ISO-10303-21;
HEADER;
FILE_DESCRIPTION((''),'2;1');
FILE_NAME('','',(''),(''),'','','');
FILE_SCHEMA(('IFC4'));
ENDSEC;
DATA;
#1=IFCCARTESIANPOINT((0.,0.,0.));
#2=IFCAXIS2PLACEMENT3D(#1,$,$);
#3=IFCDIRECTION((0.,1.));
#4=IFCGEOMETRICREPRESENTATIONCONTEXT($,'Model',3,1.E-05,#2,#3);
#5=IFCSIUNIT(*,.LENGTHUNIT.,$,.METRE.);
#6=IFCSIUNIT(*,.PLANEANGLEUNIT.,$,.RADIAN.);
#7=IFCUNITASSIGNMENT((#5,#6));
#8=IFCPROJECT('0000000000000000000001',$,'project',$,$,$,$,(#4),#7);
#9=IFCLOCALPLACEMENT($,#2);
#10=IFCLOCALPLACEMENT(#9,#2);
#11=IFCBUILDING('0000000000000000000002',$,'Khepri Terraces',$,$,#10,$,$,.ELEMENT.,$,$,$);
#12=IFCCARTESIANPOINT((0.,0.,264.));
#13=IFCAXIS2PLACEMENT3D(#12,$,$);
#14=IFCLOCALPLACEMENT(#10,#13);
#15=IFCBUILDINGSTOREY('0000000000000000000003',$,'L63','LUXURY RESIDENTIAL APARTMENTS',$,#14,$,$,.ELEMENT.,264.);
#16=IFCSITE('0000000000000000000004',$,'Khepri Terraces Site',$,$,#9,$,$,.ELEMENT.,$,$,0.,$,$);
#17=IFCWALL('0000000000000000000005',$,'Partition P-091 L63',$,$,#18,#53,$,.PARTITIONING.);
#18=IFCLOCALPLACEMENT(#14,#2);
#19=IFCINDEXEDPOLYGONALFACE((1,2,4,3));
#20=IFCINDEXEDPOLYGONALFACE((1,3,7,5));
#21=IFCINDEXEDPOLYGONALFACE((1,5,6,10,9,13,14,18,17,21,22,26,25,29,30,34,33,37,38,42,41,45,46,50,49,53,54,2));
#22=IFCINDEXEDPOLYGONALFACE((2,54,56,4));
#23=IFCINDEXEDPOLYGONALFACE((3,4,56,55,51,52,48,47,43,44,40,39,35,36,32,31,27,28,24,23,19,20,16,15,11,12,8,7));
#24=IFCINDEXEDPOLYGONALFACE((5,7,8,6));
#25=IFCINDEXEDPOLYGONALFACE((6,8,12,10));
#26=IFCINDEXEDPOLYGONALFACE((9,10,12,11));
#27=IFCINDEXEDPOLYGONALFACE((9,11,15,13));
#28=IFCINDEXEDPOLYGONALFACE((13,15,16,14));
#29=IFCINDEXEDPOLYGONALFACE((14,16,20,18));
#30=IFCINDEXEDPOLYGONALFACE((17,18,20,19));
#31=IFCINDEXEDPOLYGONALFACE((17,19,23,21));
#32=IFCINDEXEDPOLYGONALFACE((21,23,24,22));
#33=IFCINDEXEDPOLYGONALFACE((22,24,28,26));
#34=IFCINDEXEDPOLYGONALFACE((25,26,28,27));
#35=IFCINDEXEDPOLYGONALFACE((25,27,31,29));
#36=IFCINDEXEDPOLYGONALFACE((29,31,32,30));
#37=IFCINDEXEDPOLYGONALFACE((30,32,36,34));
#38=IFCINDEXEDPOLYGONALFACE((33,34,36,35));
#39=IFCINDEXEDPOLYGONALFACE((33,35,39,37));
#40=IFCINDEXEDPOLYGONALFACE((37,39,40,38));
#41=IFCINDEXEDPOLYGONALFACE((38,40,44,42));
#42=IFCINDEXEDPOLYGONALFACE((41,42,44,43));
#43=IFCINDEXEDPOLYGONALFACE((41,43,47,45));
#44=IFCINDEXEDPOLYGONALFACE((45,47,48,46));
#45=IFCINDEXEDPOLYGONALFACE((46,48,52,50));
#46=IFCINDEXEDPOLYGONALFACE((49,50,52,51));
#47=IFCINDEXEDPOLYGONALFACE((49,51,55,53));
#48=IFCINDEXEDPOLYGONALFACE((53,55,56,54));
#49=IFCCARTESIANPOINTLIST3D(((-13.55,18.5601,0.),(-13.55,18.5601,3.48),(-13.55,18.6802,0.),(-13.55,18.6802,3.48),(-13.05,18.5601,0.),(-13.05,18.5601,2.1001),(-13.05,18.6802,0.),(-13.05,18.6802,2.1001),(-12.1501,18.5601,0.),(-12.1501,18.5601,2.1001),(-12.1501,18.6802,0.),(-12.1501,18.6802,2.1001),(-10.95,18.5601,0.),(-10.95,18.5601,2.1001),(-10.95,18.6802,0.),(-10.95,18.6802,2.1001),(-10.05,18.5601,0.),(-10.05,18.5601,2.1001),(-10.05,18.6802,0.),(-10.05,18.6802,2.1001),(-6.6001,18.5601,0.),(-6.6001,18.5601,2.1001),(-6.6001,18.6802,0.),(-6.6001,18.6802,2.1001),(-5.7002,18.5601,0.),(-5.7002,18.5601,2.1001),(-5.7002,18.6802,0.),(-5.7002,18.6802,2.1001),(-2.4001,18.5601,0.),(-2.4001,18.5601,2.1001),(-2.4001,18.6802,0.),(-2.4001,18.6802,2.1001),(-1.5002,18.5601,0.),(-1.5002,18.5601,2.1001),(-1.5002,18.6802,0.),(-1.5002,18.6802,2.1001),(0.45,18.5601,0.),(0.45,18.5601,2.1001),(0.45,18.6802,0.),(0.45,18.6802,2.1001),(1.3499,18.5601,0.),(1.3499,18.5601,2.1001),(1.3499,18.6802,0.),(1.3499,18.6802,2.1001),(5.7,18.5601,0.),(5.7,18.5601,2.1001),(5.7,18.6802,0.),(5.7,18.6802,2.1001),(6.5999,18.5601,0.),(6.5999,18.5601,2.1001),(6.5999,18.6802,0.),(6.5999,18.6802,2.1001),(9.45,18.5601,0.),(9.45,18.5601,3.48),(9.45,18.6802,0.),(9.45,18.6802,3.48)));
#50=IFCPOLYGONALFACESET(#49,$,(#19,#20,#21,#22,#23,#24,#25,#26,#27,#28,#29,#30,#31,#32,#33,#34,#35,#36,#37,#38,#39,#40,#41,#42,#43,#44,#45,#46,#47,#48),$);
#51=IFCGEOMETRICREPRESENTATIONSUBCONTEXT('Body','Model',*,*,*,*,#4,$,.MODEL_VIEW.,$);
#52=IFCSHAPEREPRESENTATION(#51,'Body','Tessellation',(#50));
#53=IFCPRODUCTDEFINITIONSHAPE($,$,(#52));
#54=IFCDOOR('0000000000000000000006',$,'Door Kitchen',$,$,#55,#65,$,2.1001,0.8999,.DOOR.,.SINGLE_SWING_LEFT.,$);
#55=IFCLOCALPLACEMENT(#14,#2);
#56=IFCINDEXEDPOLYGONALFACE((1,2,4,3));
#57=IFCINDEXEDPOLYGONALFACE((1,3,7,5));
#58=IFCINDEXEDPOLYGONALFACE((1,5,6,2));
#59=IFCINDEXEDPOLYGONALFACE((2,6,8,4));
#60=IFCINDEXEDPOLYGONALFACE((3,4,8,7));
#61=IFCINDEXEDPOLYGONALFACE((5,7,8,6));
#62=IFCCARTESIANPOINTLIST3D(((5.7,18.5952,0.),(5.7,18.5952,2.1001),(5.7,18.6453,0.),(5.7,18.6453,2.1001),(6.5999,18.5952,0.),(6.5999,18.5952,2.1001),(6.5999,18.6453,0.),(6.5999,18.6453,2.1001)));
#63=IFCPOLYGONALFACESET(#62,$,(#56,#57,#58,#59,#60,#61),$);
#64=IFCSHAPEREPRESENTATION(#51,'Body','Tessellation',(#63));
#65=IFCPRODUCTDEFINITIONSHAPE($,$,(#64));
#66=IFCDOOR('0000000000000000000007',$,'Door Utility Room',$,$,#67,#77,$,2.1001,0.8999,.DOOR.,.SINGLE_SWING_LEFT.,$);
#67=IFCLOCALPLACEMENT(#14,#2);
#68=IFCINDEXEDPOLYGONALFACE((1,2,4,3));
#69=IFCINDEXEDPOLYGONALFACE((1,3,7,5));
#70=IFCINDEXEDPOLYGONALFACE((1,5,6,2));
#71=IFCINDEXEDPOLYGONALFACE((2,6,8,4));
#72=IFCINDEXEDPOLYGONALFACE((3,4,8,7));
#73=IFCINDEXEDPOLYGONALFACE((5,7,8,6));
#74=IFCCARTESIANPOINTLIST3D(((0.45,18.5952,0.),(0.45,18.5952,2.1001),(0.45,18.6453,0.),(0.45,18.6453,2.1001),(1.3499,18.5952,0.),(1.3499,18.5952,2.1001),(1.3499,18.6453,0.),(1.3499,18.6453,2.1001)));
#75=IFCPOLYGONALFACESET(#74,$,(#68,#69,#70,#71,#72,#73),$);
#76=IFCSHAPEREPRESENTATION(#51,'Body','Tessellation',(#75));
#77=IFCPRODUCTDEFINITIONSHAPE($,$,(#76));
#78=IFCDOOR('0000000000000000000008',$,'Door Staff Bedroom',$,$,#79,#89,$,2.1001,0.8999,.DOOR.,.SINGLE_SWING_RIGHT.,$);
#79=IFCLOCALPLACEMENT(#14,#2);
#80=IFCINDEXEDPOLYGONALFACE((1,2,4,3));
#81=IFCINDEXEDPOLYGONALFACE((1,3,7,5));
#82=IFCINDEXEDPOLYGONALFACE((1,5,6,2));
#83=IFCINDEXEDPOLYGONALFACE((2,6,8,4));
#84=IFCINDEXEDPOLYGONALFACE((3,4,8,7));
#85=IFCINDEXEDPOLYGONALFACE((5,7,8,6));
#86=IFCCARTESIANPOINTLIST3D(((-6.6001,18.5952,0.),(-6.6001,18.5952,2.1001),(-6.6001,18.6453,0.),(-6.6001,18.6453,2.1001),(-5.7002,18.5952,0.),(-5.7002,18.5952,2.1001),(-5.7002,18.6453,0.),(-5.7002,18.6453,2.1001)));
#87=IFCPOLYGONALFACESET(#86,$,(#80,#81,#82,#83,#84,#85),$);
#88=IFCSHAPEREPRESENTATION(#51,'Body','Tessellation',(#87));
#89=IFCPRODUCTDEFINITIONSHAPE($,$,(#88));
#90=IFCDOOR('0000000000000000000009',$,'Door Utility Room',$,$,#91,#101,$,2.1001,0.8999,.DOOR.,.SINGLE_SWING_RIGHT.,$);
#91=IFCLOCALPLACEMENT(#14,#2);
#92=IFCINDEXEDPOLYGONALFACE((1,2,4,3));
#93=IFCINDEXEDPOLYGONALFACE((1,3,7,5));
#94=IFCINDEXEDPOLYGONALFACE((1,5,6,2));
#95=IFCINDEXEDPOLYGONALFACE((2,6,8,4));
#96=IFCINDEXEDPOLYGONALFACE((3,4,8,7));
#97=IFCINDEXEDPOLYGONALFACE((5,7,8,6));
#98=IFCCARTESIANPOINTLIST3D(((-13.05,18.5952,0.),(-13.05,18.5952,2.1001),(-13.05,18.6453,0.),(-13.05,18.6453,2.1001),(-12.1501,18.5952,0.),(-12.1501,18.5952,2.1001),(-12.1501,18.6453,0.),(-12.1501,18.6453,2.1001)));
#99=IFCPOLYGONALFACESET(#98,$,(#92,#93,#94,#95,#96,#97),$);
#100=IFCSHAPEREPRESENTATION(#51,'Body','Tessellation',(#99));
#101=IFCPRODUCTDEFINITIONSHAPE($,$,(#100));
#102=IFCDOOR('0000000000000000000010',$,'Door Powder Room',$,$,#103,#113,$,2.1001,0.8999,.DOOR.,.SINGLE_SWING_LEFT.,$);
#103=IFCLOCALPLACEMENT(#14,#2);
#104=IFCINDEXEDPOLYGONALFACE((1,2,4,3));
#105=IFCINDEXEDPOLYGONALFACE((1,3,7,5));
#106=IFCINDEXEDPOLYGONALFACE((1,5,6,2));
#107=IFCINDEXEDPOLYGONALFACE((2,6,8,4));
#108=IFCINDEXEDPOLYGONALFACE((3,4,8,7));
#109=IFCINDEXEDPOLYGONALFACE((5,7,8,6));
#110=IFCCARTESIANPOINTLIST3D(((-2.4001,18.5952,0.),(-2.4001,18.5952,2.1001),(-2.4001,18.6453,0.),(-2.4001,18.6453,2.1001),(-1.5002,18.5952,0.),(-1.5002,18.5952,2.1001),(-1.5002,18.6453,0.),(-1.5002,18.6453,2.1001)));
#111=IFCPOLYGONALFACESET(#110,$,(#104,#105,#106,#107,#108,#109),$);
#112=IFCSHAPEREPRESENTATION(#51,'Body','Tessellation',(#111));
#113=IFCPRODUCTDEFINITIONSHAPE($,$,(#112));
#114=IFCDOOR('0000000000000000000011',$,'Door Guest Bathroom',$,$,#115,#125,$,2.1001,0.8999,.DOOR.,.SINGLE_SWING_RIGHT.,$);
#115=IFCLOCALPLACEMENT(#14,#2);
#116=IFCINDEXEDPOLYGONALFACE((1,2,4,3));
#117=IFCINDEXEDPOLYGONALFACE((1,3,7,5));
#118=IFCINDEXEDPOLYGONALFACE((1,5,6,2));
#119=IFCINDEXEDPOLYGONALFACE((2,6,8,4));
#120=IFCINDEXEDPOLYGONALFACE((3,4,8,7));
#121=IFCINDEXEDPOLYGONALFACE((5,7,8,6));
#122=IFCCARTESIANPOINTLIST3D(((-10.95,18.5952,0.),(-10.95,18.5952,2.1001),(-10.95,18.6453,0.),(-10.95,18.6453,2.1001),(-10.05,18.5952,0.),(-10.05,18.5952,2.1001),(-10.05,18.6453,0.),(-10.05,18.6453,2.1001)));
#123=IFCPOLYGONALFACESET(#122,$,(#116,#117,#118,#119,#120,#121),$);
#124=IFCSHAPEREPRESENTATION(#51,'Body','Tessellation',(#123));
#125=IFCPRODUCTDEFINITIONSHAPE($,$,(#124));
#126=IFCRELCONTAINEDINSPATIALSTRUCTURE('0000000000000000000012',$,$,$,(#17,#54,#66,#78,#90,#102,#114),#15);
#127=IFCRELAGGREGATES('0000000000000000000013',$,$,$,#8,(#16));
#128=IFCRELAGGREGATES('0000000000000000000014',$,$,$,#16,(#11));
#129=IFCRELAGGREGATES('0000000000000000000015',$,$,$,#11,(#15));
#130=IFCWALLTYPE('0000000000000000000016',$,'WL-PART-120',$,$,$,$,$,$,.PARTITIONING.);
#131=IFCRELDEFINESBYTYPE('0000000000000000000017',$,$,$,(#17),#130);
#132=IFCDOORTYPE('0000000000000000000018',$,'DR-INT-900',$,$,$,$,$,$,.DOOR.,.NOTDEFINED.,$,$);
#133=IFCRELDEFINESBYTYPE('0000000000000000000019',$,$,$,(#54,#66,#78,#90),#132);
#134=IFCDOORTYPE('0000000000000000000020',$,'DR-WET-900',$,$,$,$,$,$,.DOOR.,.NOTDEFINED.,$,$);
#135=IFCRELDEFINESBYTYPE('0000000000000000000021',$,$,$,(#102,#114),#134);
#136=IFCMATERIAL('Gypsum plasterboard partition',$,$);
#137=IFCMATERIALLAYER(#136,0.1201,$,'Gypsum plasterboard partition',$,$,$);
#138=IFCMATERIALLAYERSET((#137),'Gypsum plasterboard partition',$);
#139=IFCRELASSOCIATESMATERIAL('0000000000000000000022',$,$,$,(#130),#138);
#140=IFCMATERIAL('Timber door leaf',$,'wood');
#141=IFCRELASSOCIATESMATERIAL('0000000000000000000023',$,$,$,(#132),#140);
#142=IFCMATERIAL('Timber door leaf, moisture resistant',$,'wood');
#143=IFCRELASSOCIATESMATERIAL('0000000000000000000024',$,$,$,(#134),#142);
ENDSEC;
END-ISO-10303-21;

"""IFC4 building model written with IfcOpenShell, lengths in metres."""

from ifc_helpers import new_model, si_unit, direction, frame, frame_2d, origin, place, context, subcontext, project, spatial, rectangle, extrude, material, layer, layer_set, type_object, element, fill, save


model = new_model("IFC4")

# Units and contexts
model_context = context("Model", 3, precision=1e-05, world=origin(), true_north=direction((0.0, 1.0)))
body_context = subcontext(model_context, "Body", "Model", "MODEL_VIEW")
ifc_project = project(units=[si_unit("LENGTHUNIT", "METRE"), si_unit("PLANEANGLEUNIT", "RADIAN")], contexts=[model_context])

# Site, building, storey
site_placement = place(None, origin())
site = spatial("IfcSite", under=ifc_project, at=site_placement, Name="Khepri Terraces Site", CompositionType="ELEMENT", RefElevation=0.0)
building_placement = place(site_placement, origin())
building = spatial("IfcBuilding", under=site, at=building_placement, Name="Khepri Terraces", CompositionType="ELEMENT")
storey_placement = place(building_placement, frame((0.0, 0.0, 264.0)))
storey = spatial("IfcBuildingStorey", under=building, at=storey_placement, Name="L63", Description="LUXURY RESIDENTIAL APARTMENTS", CompositionType="ELEMENT", Elevation=264.0)

# Shared definitions
ifc_material_1 = material(Name="Gypsum plasterboard partition")
ifc_layer_1 = layer(ifc_material_1, 0.1201, Name="Gypsum plasterboard partition")
ifc_layer_set_1 = layer_set([ifc_layer_1], Name="Gypsum plasterboard partition")
wall_type_1 = type_object("IfcWallType", Name="WL-PART-120", PredefinedType="PARTITIONING", material=ifc_layer_set_1)

# Wall, openings, doors
wall_1_placement = place(storey_placement, frame((-13.55, 18.6201, 0.0), z_axis=(0.0, 0.0, 1.0), x_axis=(1.0, 0.0, 0.0)))
wall_1 = element("IfcWall", 1, at=wall_1_placement, inside=storey, type_object=wall_type_1, Name="Partition P-091 L63", PredefinedType="PARTITIONING", context=body_context, shape_type="SweptSolid", body=[
    extrude(rectangle(XDim=23.0, YDim=0.1201, at=frame_2d((11.5, 0.0))), origin(), (0.0, 0.0, 1.0), 3.48),
])
opening_1_placement = place(wall_1_placement, frame((19.25, 0.0, 0.0)))
opening_1 = element("IfcOpeningElement", 2, at=opening_1_placement, cuts=wall_1, PredefinedType="OPENING", context=body_context, shape_type="SweptSolid", body=[
    extrude(rectangle(XDim=0.8999, YDim=2.1001, at=frame_2d((0.45, 1.05))), frame((0.0, 0.0701, 0.0), z_axis=(0.0, -1.0, 0.0), x_axis=(1.0, 0.0, 0.0)), (0.0, 0.0, 1.0), 0.1401),
])
opening_2_placement = place(wall_1_placement, frame((14.0, 0.0, 0.0)))
opening_2 = element("IfcOpeningElement", 3, at=opening_2_placement, cuts=wall_1, PredefinedType="OPENING", context=body_context, shape_type="SweptSolid", body=[
    extrude(rectangle(XDim=0.8999, YDim=2.1001, at=frame_2d((0.45, 1.05))), frame((0.0, 0.0701, 0.0), z_axis=(0.0, -1.0, 0.0), x_axis=(1.0, 0.0, 0.0)), (0.0, 0.0, 1.0), 0.1401),
])
opening_3_placement = place(wall_1_placement, frame((11.1499, 0.0, 0.0)))
opening_3 = element("IfcOpeningElement", 4, at=opening_3_placement, cuts=wall_1, PredefinedType="OPENING", context=body_context, shape_type="SweptSolid", body=[
    extrude(rectangle(XDim=0.8999, YDim=2.1001, at=frame_2d((0.45, 1.05))), frame((0.0, 0.0701, 0.0), z_axis=(0.0, -1.0, 0.0), x_axis=(1.0, 0.0, 0.0)), (0.0, 0.0, 1.0), 0.1401),
])
opening_4_placement = place(wall_1_placement, frame((6.95, 0.0, 0.0)))
opening_4 = element("IfcOpeningElement", 5, at=opening_4_placement, cuts=wall_1, PredefinedType="OPENING", context=body_context, shape_type="SweptSolid", body=[
    extrude(rectangle(XDim=0.8999, YDim=2.1001, at=frame_2d((0.45, 1.05))), frame((0.0, 0.0701, 0.0), z_axis=(0.0, -1.0, 0.0), x_axis=(1.0, 0.0, 0.0)), (0.0, 0.0, 1.0), 0.1401),
])
opening_5_placement = place(wall_1_placement, frame((2.6001, 0.0, 0.0)))
opening_5 = element("IfcOpeningElement", 6, at=opening_5_placement, cuts=wall_1, PredefinedType="OPENING", context=body_context, shape_type="SweptSolid", body=[
    extrude(rectangle(XDim=0.8999, YDim=2.1001, at=frame_2d((0.45, 1.05))), frame((0.0, 0.0701, 0.0), z_axis=(0.0, -1.0, 0.0), x_axis=(1.0, 0.0, 0.0)), (0.0, 0.0, 1.0), 0.1401),
])
opening_6_placement = place(wall_1_placement, frame((0.5, 0.0, 0.0)))
opening_6 = element("IfcOpeningElement", 7, at=opening_6_placement, cuts=wall_1, PredefinedType="OPENING", context=body_context, shape_type="SweptSolid", body=[
    extrude(rectangle(XDim=0.8999, YDim=2.1001, at=frame_2d((0.45, 1.05))), frame((0.0, 0.0701, 0.0), z_axis=(0.0, -1.0, 0.0), x_axis=(1.0, 0.0, 0.0)), (0.0, 0.0, 1.0), 0.1401),
])
ifc_material_2 = material(Name="Timber door leaf", Category="wood")
door_type_1 = type_object("IfcDoorType", Name="DR-INT-900", OperationType="NOTDEFINED", PredefinedType="DOOR", material=ifc_material_2)
door_1_placement = place(opening_1_placement, frame((0.8999, 0.0, 0.0), z_axis=(0.0, 0.0, 1.0), x_axis=(-1.0, 0.0, 0.0)))
door_1 = element("IfcDoor", 8, at=door_1_placement, inside=storey, type_object=door_type_1, Name="Door Kitchen", OperationType="SINGLE_SWING_LEFT", OverallHeight=2.1001, OverallWidth=0.8999, PredefinedType="DOOR", context=body_context, shape_type="SweptSolid", body=[
    extrude(rectangle(XDim=0.8999, YDim=2.1001, at=frame_2d((0.45, 1.05))), frame((0.0, 0.0249, 0.0), z_axis=(0.0, -1.0, 0.0), x_axis=(1.0, 0.0, 0.0)), (0.0, 0.0, 1.0), 0.05),
])
fill(opening_1, door_1)
door_2_placement = place(opening_2_placement, frame((0.8999, 0.0, 0.0), z_axis=(0.0, 0.0, 1.0), x_axis=(-1.0, 0.0, 0.0)))
door_2 = element("IfcDoor", 9, at=door_2_placement, inside=storey, type_object=door_type_1, Name="Door Utility Room", OperationType="SINGLE_SWING_LEFT", OverallHeight=2.1001, OverallWidth=0.8999, PredefinedType="DOOR", context=body_context, shape_type="SweptSolid", body=[
    extrude(rectangle(XDim=0.8999, YDim=2.1001, at=frame_2d((0.45, 1.05))), frame((0.0, 0.0249, 0.0), z_axis=(0.0, -1.0, 0.0), x_axis=(1.0, 0.0, 0.0)), (0.0, 0.0, 1.0), 0.05),
])
fill(opening_2, door_2)
door_3_placement = place(opening_4_placement, frame((0.8999, 0.0, 0.0), z_axis=(0.0, 0.0, 1.0), x_axis=(-1.0, 0.0, 0.0)))
door_3 = element("IfcDoor", 10, at=door_3_placement, inside=storey, type_object=door_type_1, Name="Door Staff Bedroom", OperationType="SINGLE_SWING_RIGHT", OverallHeight=2.1001, OverallWidth=0.8999, PredefinedType="DOOR", context=body_context, shape_type="SweptSolid", body=[
    extrude(rectangle(XDim=0.8999, YDim=2.1001, at=frame_2d((0.45, 1.05))), frame((0.0, 0.0249, 0.0), z_axis=(0.0, -1.0, 0.0), x_axis=(1.0, 0.0, 0.0)), (0.0, 0.0, 1.0), 0.05),
])
fill(opening_4, door_3)
door_4_placement = place(opening_6_placement, frame((0.8999, 0.0, 0.0), z_axis=(0.0, 0.0, 1.0), x_axis=(-1.0, 0.0, 0.0)))
door_4 = element("IfcDoor", 11, at=door_4_placement, inside=storey, type_object=door_type_1, Name="Door Utility Room", OperationType="SINGLE_SWING_RIGHT", OverallHeight=2.1001, OverallWidth=0.8999, PredefinedType="DOOR", context=body_context, shape_type="SweptSolid", body=[
    extrude(rectangle(XDim=0.8999, YDim=2.1001, at=frame_2d((0.45, 1.05))), frame((0.0, 0.0249, 0.0), z_axis=(0.0, -1.0, 0.0), x_axis=(1.0, 0.0, 0.0)), (0.0, 0.0, 1.0), 0.05),
])
fill(opening_6, door_4)
ifc_material_3 = material(Name="Timber door leaf, moisture resistant", Category="wood")
door_type_2 = type_object("IfcDoorType", Name="DR-WET-900", OperationType="NOTDEFINED", PredefinedType="DOOR", material=ifc_material_3)
door_5_placement = place(opening_3_placement, frame((0.8999, 0.0, 0.0), z_axis=(0.0, 0.0, 1.0), x_axis=(-1.0, 0.0, 0.0)))
door_5 = element("IfcDoor", 12, at=door_5_placement, inside=storey, type_object=door_type_2, Name="Door Powder Room", OperationType="SINGLE_SWING_LEFT", OverallHeight=2.1001, OverallWidth=0.8999, PredefinedType="DOOR", context=body_context, shape_type="SweptSolid", body=[
    extrude(rectangle(XDim=0.8999, YDim=2.1001, at=frame_2d((0.45, 1.05))), frame((0.0, 0.0249, 0.0), z_axis=(0.0, -1.0, 0.0), x_axis=(1.0, 0.0, 0.0)), (0.0, 0.0, 1.0), 0.05),
])
fill(opening_3, door_5)
door_6_placement = place(opening_5_placement, frame((0.8999, 0.0, 0.0), z_axis=(0.0, 0.0, 1.0), x_axis=(-1.0, 0.0, 0.0)))
door_6 = element("IfcDoor", 13, at=door_6_placement, inside=storey, type_object=door_type_2, Name="Door Guest Bathroom", OperationType="SINGLE_SWING_RIGHT", OverallHeight=2.1001, OverallWidth=0.8999, PredefinedType="DOOR", context=body_context, shape_type="SweptSolid", body=[
    extrude(rectangle(XDim=0.8999, YDim=2.1001, at=frame_2d((0.45, 1.05))), frame((0.0, 0.0249, 0.0), z_axis=(0.0, -1.0, 0.0), x_axis=(1.0, 0.0, 0.0)), (0.0, 0.0, 1.0), 0.05),
])
fill(opening_5, door_6)

save(model, "model.ifc")
